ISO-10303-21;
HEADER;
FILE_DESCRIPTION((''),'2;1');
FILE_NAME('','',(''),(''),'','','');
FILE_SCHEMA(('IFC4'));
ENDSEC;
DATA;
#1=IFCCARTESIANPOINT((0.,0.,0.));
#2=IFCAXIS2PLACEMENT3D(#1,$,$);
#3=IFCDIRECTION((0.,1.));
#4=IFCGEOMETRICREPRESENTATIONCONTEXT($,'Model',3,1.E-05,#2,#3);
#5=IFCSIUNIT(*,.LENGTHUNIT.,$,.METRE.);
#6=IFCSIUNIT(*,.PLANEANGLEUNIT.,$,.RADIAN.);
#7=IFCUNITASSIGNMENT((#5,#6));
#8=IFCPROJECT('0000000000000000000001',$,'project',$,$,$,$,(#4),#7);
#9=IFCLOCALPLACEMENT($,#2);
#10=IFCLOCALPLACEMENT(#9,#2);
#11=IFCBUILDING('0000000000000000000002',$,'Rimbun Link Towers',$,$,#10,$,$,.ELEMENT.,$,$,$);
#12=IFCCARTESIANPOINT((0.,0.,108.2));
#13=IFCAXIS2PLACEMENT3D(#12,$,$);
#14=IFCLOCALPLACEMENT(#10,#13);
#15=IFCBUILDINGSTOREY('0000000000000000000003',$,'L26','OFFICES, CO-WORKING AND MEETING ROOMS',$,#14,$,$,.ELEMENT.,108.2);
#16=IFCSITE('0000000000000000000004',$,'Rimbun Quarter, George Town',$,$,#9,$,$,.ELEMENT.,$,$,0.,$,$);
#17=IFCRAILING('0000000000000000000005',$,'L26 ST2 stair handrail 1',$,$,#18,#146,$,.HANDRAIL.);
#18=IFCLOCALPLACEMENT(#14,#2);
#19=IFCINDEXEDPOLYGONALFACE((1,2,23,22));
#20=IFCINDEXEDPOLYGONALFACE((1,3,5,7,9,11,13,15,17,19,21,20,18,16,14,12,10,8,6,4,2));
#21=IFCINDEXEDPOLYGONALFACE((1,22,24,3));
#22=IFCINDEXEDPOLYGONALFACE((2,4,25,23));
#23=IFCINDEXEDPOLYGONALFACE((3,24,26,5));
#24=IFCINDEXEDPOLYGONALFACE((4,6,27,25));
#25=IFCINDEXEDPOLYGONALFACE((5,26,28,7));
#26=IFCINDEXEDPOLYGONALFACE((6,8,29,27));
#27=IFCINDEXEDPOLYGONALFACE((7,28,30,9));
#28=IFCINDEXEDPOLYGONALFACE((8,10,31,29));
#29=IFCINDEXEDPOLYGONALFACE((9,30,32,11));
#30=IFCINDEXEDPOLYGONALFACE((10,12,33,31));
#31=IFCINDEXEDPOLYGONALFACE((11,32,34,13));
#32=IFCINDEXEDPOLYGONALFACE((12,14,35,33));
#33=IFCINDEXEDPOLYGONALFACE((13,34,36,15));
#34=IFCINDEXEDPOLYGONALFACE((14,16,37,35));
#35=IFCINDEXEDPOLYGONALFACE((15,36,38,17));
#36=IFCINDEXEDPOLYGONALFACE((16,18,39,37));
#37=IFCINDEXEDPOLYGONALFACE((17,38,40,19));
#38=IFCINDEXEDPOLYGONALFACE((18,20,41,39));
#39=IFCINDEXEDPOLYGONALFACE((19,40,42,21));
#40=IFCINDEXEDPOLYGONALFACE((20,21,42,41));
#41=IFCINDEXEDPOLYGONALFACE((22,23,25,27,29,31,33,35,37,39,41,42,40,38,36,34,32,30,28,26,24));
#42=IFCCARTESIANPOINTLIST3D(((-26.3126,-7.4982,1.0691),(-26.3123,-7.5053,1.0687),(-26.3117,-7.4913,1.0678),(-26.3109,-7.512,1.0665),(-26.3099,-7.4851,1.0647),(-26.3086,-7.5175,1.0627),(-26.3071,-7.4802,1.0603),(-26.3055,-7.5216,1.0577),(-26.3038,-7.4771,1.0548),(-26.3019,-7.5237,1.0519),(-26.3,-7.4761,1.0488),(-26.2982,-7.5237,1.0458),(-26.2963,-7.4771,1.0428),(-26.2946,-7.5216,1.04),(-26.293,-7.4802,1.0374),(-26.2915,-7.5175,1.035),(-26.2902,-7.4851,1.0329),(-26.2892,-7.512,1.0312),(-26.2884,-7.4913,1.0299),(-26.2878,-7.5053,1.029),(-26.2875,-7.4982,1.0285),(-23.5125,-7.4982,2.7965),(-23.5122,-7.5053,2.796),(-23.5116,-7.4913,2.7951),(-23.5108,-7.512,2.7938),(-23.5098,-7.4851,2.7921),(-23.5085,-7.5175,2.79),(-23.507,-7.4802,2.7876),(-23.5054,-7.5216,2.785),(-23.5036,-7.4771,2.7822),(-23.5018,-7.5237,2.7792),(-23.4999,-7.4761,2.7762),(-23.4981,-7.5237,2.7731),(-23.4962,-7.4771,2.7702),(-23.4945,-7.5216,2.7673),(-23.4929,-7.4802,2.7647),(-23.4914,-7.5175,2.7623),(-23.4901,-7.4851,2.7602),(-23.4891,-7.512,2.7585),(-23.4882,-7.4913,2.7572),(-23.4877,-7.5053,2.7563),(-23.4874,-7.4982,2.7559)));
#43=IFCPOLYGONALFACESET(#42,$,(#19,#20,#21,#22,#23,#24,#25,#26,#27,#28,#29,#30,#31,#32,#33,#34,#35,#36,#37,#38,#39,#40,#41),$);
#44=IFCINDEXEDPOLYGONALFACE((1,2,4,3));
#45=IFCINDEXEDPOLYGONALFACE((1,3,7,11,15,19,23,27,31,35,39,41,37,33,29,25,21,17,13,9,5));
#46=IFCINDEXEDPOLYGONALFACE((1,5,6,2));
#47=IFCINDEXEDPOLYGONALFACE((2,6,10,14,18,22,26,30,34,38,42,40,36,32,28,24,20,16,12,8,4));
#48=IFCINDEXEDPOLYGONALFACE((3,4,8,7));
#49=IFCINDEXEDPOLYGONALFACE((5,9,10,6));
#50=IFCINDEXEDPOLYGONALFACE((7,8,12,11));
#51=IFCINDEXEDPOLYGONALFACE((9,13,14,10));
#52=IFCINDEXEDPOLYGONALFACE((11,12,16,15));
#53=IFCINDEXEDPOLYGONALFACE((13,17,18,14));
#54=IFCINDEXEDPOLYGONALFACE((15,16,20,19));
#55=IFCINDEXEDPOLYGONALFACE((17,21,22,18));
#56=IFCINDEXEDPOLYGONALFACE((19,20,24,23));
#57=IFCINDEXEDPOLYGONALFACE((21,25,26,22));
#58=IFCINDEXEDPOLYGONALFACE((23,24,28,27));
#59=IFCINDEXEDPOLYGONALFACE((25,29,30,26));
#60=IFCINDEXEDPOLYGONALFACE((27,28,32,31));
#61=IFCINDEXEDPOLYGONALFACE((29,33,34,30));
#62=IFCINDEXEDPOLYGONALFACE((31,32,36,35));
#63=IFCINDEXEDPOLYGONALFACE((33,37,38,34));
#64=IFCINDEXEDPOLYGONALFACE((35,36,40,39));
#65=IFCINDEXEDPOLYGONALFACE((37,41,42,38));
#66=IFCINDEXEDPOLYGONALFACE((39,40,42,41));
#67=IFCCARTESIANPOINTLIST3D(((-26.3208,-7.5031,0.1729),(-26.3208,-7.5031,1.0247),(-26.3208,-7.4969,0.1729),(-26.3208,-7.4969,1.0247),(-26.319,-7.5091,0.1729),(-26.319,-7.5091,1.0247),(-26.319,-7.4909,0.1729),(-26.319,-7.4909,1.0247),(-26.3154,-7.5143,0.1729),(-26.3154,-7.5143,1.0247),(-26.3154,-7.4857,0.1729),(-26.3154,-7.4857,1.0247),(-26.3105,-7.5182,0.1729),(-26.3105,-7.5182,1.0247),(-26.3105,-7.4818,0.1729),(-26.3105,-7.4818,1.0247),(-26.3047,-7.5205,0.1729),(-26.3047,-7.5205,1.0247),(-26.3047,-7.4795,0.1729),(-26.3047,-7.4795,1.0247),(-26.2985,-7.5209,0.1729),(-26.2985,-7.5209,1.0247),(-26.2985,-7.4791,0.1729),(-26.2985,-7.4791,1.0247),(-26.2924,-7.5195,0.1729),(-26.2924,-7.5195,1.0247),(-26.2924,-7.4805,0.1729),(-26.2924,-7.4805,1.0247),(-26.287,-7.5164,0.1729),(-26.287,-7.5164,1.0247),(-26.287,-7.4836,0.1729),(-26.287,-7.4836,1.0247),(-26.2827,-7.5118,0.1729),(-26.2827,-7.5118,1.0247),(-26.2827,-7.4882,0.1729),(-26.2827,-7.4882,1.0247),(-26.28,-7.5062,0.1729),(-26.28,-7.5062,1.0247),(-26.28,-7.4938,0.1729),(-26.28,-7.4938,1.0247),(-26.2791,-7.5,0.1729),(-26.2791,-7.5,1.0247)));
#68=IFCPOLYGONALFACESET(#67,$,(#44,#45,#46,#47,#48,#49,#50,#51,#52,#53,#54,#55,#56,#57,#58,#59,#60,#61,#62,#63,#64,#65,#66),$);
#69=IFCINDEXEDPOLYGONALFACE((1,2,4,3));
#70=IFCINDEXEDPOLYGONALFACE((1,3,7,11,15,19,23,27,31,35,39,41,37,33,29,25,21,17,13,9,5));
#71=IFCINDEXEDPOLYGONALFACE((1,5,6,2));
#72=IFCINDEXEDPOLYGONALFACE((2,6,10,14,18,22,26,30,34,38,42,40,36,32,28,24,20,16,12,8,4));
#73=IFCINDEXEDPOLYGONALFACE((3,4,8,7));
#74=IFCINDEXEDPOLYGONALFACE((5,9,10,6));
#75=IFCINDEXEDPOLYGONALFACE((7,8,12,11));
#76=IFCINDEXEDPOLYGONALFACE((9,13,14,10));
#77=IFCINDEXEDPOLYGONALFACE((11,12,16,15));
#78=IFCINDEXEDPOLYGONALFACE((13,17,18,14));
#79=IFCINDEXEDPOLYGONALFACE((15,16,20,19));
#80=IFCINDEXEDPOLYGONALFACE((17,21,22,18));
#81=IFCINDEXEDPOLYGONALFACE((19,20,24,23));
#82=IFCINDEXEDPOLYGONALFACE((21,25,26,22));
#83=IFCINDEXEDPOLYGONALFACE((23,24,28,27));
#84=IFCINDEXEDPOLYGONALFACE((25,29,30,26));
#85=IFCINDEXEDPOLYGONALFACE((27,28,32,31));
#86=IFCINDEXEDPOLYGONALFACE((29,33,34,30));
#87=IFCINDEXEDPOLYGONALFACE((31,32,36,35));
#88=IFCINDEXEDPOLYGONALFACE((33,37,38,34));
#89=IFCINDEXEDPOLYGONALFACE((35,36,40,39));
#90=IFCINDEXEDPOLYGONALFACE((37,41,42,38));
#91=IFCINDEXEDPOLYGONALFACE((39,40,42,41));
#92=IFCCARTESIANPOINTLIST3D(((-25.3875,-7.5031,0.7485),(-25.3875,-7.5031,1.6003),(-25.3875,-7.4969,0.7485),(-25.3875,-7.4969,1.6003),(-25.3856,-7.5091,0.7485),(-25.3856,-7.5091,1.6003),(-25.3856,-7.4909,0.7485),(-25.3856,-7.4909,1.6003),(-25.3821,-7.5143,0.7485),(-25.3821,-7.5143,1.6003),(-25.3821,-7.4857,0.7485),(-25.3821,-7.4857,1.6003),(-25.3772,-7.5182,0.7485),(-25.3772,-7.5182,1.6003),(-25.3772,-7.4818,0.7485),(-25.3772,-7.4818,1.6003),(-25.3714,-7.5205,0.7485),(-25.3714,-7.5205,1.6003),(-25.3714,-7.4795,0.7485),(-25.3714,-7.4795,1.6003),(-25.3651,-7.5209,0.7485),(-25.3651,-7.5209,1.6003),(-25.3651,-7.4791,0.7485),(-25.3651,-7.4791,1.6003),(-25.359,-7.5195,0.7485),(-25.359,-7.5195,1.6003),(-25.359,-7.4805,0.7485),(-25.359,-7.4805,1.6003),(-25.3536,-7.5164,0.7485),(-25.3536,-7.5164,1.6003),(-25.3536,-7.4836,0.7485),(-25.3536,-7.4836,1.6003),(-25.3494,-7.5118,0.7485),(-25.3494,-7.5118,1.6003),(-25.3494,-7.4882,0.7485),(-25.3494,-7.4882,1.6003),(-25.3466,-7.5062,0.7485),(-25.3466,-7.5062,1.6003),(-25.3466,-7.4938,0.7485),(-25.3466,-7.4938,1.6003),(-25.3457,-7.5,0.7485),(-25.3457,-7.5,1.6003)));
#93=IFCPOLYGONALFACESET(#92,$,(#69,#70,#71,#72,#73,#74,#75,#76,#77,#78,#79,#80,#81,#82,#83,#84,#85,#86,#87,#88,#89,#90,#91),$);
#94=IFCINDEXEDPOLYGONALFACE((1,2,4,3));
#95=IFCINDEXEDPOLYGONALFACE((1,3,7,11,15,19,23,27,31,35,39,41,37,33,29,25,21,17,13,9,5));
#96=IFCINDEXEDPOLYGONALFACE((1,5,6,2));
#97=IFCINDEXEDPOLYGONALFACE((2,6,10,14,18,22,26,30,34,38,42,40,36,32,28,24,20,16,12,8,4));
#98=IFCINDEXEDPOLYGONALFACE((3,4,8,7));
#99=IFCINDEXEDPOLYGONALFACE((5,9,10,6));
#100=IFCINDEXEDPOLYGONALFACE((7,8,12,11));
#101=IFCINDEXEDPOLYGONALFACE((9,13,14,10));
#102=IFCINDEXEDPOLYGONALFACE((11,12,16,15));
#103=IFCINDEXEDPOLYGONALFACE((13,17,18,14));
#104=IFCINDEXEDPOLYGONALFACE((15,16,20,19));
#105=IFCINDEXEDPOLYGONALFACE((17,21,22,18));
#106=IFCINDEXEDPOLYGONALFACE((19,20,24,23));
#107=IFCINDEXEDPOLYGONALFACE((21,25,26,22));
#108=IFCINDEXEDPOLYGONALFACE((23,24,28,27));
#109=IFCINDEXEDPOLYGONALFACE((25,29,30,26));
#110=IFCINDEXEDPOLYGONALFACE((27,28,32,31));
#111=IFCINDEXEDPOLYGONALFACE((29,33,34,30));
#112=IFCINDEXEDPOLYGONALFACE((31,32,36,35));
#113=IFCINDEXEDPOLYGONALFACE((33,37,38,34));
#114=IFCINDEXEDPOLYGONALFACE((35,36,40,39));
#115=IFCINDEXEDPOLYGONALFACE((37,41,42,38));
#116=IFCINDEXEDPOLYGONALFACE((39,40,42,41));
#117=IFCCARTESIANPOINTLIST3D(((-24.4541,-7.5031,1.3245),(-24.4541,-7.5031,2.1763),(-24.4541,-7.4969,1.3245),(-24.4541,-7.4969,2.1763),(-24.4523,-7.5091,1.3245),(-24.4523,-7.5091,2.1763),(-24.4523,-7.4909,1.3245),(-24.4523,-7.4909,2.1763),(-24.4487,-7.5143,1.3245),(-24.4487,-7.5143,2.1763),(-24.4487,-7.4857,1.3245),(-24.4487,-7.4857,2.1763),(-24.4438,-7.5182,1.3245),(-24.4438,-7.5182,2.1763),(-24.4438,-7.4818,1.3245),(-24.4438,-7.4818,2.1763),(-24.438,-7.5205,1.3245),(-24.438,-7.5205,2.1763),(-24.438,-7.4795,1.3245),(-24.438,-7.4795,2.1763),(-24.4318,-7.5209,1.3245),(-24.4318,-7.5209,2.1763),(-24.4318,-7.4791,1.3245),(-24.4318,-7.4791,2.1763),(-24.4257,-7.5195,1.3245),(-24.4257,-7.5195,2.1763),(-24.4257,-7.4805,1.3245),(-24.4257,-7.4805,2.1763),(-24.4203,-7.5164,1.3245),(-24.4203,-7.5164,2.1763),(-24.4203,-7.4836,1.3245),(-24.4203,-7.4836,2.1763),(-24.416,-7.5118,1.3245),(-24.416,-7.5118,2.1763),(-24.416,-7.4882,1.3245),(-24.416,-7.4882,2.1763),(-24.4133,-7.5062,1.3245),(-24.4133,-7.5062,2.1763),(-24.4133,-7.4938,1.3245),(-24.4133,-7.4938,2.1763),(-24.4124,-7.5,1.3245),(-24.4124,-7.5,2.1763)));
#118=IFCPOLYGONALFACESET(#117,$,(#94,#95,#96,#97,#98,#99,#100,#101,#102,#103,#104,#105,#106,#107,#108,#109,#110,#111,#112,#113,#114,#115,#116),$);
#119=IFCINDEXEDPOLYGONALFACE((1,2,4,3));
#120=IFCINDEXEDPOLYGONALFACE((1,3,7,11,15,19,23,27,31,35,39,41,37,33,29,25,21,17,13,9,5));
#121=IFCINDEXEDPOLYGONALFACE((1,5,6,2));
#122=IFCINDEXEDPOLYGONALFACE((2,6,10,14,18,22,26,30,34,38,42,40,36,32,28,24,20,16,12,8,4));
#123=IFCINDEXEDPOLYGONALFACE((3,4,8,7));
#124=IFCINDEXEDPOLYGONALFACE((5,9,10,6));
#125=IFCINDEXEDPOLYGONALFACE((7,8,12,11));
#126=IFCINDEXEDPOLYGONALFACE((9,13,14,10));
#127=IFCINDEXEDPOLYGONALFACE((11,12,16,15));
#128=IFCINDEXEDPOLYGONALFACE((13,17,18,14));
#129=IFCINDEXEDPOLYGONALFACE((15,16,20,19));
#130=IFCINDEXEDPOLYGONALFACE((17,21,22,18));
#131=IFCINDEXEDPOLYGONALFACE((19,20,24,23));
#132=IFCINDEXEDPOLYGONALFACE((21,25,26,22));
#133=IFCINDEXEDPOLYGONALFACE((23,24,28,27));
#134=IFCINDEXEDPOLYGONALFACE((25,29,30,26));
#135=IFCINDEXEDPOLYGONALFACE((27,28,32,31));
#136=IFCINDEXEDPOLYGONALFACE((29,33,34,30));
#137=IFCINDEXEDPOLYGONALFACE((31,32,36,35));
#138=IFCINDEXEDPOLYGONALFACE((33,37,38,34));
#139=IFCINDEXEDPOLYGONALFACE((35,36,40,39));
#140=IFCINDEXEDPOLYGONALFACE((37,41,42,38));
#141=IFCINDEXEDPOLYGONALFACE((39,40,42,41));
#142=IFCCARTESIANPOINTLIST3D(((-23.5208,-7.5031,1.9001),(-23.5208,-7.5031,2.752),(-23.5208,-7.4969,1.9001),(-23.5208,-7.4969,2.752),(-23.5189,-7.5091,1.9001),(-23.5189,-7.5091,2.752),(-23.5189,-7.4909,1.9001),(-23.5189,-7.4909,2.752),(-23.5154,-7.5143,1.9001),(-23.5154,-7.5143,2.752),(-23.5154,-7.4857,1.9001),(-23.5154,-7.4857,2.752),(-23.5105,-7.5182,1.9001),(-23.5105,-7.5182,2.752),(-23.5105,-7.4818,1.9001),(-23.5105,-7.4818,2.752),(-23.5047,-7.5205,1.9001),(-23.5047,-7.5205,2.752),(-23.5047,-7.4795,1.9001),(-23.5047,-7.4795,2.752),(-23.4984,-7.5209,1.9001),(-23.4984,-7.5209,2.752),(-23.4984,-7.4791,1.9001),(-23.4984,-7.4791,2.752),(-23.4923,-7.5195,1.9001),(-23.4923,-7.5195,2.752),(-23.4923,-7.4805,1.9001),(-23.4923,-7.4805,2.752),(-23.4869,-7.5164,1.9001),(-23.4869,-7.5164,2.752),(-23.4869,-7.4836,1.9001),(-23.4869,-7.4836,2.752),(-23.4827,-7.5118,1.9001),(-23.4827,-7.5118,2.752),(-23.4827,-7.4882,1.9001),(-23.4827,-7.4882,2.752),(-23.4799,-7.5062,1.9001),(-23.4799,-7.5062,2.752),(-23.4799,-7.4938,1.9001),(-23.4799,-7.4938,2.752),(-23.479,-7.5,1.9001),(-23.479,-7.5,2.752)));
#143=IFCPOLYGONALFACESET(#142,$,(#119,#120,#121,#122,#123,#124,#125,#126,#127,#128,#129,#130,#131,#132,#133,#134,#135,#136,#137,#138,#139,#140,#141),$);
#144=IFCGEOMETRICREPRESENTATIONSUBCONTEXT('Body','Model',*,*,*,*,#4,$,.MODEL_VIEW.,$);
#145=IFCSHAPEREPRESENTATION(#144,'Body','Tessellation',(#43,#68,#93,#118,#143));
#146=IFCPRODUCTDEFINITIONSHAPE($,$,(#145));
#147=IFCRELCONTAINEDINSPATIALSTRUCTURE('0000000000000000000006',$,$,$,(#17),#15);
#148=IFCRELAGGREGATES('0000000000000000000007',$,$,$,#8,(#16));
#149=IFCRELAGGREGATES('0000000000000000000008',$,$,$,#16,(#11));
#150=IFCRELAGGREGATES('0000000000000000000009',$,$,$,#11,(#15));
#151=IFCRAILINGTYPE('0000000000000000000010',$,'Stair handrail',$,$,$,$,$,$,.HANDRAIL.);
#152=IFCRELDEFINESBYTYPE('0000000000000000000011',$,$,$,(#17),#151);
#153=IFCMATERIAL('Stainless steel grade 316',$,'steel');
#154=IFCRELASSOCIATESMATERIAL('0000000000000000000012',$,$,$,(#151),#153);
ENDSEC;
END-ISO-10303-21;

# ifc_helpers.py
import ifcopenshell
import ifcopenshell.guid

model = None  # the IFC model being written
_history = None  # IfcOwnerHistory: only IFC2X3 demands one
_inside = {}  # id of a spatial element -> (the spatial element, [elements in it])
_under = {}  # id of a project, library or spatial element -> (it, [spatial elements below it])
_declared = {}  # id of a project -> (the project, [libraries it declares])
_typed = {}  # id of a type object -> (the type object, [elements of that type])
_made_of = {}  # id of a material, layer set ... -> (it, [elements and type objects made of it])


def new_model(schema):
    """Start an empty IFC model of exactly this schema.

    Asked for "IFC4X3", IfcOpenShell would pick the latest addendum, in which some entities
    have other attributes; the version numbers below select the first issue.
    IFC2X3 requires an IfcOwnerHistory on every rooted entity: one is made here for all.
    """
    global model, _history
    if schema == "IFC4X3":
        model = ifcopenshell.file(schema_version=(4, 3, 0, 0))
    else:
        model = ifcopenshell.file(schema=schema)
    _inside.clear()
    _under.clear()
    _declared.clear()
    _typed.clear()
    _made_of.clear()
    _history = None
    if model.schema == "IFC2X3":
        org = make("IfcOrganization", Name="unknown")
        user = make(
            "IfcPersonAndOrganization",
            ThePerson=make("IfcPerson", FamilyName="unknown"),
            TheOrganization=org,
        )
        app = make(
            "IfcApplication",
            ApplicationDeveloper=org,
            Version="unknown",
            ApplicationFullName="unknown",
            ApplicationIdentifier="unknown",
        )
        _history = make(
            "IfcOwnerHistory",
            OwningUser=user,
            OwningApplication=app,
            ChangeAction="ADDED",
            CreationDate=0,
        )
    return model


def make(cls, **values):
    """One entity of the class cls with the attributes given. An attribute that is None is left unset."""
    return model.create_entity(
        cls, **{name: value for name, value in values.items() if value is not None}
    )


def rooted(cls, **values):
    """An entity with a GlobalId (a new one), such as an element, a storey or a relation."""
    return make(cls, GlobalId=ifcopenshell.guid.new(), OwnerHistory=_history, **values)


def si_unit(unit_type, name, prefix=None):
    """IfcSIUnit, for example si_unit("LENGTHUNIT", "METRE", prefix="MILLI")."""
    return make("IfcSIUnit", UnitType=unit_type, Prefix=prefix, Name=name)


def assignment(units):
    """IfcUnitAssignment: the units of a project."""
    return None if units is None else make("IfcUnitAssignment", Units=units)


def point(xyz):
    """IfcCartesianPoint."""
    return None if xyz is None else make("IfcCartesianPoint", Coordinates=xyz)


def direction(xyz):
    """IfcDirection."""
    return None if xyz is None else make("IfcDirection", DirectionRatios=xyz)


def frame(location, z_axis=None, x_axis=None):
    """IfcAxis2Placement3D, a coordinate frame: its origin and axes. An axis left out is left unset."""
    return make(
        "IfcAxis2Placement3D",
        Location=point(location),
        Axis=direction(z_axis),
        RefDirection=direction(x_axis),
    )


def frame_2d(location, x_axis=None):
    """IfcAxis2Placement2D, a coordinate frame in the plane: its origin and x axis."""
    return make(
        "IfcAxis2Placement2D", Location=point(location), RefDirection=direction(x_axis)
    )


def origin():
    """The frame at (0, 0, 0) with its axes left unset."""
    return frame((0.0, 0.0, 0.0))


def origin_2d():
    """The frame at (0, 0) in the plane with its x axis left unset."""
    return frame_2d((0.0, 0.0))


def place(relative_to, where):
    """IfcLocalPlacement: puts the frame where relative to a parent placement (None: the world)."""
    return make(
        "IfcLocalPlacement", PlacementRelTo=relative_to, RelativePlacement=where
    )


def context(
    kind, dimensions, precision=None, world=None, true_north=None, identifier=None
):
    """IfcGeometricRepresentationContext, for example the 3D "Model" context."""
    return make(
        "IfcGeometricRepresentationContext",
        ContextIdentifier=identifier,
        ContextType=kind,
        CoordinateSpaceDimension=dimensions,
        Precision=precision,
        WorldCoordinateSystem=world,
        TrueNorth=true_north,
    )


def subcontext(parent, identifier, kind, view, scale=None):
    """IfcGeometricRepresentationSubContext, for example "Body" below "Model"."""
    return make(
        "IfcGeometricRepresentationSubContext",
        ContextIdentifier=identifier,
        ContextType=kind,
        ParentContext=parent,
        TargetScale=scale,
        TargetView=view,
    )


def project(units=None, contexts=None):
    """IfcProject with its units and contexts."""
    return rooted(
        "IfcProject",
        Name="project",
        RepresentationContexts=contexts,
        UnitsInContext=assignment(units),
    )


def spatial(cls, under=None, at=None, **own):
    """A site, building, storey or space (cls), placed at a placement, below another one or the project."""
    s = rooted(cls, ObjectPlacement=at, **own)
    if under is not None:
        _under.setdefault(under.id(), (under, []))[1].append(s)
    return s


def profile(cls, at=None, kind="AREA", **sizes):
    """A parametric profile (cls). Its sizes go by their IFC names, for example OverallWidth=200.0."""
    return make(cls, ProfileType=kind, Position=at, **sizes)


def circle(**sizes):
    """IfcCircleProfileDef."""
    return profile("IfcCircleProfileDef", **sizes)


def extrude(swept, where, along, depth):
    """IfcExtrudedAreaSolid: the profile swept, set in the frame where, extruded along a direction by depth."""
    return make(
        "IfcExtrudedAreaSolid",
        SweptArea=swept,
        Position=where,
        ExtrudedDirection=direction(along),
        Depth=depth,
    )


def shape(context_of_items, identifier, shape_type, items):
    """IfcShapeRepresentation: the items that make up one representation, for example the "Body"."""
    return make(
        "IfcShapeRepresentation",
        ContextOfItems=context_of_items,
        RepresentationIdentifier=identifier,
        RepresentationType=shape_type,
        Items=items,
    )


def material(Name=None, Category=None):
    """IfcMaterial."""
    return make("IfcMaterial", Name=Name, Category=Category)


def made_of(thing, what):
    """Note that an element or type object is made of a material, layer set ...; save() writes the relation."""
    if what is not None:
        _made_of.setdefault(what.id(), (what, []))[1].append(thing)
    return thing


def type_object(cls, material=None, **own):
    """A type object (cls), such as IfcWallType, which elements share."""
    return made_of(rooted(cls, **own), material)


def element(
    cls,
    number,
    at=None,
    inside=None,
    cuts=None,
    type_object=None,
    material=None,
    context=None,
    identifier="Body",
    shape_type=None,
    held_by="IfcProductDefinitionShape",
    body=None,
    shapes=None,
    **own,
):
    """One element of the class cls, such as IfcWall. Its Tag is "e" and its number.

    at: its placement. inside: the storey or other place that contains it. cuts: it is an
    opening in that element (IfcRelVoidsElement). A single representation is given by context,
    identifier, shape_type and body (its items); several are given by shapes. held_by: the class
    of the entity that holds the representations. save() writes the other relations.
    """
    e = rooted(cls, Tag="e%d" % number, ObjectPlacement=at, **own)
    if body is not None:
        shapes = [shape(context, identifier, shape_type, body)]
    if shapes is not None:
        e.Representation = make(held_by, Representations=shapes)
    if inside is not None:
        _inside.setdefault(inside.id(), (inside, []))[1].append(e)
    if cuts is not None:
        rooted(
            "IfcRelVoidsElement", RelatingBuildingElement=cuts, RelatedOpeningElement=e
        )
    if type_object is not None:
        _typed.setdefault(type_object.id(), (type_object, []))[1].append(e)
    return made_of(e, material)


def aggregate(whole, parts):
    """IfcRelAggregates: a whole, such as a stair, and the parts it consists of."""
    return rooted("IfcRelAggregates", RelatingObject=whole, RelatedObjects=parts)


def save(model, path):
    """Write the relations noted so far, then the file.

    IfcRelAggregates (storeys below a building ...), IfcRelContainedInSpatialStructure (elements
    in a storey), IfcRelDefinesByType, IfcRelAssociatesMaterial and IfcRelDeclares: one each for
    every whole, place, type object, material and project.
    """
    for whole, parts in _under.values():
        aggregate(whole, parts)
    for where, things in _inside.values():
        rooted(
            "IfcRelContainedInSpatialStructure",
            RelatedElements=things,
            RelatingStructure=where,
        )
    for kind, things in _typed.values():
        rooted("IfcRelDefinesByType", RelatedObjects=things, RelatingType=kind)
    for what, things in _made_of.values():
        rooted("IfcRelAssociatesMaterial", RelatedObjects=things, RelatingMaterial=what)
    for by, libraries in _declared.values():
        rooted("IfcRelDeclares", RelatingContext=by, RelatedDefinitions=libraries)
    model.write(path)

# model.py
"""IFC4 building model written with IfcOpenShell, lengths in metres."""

from ifc_helpers import new_model, si_unit, direction, frame, origin, origin_2d, place, context, subcontext, project, spatial, circle, extrude, material, type_object, element, save


model = new_model("IFC4")

# Units and contexts
model_context = context("Model", 3, precision=1e-05, world=origin(), true_north=direction((0.0, 1.0)))
body_context = subcontext(model_context, "Body", "Model", "MODEL_VIEW")
ifc_project = project(units=[si_unit("LENGTHUNIT", "METRE"), si_unit("PLANEANGLEUNIT", "RADIAN")], contexts=[model_context])

# Site, building, storey
site_placement = place(None, origin())
site = spatial("IfcSite", under=ifc_project, at=site_placement, Name="Rimbun Quarter, George Town", CompositionType="ELEMENT", RefElevation=0.0)
building_placement = place(site_placement, origin())
building = spatial("IfcBuilding", under=site, at=building_placement, Name="Rimbun Link Towers", CompositionType="ELEMENT")
storey_placement = place(building_placement, frame((0.0, 0.0, 108.2)))
storey = spatial("IfcBuildingStorey", under=building, at=storey_placement, Name="L26", Description="OFFICES, CO-WORKING AND MEETING ROOMS", CompositionType="ELEMENT", Elevation=108.2)

# Railing
ifc_material_1 = material(Name="Stainless steel grade 316", Category="steel")
railing_type_1 = type_object("IfcRailingType", Name="Stair handrail", PredefinedType="HANDRAIL", material=ifc_material_1)
railing_1_placement = place(storey_placement, frame((-26.3, -7.5, 0.1729)))
element("IfcRailing", 1, at=railing_1_placement, inside=storey, type_object=railing_type_1, Name="L26 ST2 stair handrail 1", PredefinedType="HANDRAIL", context=body_context, shape_type="SweptSolid", body=[
    extrude(circle(Radius=0.0239, at=origin_2d()), frame((0.0, 0.0, 0.876), z_axis=(0.85109, 0.0, 0.52502), x_axis=(0.0, 1.0, 0.0)), (0.0, 0.0, 1.0), 3.29),
    extrude(circle(Radius=0.021, at=origin_2d()), origin(), (0.0, 0.0, 1.0), 0.8518),
    extrude(circle(Radius=0.021, at=origin_2d()), frame((0.9333, 0.0, 0.5757)), (0.0, 0.0, 1.0), 0.8518),
    extrude(circle(Radius=0.021, at=origin_2d()), frame((1.8667, 0.0, 1.1516)), (0.0, 0.0, 1.0), 0.8518),
    extrude(circle(Radius=0.021, at=origin_2d()), frame((2.8, 0.0, 1.7273)), (0.0, 0.0, 1.0), 0.8518),
])

save(model, "model.ifc")
